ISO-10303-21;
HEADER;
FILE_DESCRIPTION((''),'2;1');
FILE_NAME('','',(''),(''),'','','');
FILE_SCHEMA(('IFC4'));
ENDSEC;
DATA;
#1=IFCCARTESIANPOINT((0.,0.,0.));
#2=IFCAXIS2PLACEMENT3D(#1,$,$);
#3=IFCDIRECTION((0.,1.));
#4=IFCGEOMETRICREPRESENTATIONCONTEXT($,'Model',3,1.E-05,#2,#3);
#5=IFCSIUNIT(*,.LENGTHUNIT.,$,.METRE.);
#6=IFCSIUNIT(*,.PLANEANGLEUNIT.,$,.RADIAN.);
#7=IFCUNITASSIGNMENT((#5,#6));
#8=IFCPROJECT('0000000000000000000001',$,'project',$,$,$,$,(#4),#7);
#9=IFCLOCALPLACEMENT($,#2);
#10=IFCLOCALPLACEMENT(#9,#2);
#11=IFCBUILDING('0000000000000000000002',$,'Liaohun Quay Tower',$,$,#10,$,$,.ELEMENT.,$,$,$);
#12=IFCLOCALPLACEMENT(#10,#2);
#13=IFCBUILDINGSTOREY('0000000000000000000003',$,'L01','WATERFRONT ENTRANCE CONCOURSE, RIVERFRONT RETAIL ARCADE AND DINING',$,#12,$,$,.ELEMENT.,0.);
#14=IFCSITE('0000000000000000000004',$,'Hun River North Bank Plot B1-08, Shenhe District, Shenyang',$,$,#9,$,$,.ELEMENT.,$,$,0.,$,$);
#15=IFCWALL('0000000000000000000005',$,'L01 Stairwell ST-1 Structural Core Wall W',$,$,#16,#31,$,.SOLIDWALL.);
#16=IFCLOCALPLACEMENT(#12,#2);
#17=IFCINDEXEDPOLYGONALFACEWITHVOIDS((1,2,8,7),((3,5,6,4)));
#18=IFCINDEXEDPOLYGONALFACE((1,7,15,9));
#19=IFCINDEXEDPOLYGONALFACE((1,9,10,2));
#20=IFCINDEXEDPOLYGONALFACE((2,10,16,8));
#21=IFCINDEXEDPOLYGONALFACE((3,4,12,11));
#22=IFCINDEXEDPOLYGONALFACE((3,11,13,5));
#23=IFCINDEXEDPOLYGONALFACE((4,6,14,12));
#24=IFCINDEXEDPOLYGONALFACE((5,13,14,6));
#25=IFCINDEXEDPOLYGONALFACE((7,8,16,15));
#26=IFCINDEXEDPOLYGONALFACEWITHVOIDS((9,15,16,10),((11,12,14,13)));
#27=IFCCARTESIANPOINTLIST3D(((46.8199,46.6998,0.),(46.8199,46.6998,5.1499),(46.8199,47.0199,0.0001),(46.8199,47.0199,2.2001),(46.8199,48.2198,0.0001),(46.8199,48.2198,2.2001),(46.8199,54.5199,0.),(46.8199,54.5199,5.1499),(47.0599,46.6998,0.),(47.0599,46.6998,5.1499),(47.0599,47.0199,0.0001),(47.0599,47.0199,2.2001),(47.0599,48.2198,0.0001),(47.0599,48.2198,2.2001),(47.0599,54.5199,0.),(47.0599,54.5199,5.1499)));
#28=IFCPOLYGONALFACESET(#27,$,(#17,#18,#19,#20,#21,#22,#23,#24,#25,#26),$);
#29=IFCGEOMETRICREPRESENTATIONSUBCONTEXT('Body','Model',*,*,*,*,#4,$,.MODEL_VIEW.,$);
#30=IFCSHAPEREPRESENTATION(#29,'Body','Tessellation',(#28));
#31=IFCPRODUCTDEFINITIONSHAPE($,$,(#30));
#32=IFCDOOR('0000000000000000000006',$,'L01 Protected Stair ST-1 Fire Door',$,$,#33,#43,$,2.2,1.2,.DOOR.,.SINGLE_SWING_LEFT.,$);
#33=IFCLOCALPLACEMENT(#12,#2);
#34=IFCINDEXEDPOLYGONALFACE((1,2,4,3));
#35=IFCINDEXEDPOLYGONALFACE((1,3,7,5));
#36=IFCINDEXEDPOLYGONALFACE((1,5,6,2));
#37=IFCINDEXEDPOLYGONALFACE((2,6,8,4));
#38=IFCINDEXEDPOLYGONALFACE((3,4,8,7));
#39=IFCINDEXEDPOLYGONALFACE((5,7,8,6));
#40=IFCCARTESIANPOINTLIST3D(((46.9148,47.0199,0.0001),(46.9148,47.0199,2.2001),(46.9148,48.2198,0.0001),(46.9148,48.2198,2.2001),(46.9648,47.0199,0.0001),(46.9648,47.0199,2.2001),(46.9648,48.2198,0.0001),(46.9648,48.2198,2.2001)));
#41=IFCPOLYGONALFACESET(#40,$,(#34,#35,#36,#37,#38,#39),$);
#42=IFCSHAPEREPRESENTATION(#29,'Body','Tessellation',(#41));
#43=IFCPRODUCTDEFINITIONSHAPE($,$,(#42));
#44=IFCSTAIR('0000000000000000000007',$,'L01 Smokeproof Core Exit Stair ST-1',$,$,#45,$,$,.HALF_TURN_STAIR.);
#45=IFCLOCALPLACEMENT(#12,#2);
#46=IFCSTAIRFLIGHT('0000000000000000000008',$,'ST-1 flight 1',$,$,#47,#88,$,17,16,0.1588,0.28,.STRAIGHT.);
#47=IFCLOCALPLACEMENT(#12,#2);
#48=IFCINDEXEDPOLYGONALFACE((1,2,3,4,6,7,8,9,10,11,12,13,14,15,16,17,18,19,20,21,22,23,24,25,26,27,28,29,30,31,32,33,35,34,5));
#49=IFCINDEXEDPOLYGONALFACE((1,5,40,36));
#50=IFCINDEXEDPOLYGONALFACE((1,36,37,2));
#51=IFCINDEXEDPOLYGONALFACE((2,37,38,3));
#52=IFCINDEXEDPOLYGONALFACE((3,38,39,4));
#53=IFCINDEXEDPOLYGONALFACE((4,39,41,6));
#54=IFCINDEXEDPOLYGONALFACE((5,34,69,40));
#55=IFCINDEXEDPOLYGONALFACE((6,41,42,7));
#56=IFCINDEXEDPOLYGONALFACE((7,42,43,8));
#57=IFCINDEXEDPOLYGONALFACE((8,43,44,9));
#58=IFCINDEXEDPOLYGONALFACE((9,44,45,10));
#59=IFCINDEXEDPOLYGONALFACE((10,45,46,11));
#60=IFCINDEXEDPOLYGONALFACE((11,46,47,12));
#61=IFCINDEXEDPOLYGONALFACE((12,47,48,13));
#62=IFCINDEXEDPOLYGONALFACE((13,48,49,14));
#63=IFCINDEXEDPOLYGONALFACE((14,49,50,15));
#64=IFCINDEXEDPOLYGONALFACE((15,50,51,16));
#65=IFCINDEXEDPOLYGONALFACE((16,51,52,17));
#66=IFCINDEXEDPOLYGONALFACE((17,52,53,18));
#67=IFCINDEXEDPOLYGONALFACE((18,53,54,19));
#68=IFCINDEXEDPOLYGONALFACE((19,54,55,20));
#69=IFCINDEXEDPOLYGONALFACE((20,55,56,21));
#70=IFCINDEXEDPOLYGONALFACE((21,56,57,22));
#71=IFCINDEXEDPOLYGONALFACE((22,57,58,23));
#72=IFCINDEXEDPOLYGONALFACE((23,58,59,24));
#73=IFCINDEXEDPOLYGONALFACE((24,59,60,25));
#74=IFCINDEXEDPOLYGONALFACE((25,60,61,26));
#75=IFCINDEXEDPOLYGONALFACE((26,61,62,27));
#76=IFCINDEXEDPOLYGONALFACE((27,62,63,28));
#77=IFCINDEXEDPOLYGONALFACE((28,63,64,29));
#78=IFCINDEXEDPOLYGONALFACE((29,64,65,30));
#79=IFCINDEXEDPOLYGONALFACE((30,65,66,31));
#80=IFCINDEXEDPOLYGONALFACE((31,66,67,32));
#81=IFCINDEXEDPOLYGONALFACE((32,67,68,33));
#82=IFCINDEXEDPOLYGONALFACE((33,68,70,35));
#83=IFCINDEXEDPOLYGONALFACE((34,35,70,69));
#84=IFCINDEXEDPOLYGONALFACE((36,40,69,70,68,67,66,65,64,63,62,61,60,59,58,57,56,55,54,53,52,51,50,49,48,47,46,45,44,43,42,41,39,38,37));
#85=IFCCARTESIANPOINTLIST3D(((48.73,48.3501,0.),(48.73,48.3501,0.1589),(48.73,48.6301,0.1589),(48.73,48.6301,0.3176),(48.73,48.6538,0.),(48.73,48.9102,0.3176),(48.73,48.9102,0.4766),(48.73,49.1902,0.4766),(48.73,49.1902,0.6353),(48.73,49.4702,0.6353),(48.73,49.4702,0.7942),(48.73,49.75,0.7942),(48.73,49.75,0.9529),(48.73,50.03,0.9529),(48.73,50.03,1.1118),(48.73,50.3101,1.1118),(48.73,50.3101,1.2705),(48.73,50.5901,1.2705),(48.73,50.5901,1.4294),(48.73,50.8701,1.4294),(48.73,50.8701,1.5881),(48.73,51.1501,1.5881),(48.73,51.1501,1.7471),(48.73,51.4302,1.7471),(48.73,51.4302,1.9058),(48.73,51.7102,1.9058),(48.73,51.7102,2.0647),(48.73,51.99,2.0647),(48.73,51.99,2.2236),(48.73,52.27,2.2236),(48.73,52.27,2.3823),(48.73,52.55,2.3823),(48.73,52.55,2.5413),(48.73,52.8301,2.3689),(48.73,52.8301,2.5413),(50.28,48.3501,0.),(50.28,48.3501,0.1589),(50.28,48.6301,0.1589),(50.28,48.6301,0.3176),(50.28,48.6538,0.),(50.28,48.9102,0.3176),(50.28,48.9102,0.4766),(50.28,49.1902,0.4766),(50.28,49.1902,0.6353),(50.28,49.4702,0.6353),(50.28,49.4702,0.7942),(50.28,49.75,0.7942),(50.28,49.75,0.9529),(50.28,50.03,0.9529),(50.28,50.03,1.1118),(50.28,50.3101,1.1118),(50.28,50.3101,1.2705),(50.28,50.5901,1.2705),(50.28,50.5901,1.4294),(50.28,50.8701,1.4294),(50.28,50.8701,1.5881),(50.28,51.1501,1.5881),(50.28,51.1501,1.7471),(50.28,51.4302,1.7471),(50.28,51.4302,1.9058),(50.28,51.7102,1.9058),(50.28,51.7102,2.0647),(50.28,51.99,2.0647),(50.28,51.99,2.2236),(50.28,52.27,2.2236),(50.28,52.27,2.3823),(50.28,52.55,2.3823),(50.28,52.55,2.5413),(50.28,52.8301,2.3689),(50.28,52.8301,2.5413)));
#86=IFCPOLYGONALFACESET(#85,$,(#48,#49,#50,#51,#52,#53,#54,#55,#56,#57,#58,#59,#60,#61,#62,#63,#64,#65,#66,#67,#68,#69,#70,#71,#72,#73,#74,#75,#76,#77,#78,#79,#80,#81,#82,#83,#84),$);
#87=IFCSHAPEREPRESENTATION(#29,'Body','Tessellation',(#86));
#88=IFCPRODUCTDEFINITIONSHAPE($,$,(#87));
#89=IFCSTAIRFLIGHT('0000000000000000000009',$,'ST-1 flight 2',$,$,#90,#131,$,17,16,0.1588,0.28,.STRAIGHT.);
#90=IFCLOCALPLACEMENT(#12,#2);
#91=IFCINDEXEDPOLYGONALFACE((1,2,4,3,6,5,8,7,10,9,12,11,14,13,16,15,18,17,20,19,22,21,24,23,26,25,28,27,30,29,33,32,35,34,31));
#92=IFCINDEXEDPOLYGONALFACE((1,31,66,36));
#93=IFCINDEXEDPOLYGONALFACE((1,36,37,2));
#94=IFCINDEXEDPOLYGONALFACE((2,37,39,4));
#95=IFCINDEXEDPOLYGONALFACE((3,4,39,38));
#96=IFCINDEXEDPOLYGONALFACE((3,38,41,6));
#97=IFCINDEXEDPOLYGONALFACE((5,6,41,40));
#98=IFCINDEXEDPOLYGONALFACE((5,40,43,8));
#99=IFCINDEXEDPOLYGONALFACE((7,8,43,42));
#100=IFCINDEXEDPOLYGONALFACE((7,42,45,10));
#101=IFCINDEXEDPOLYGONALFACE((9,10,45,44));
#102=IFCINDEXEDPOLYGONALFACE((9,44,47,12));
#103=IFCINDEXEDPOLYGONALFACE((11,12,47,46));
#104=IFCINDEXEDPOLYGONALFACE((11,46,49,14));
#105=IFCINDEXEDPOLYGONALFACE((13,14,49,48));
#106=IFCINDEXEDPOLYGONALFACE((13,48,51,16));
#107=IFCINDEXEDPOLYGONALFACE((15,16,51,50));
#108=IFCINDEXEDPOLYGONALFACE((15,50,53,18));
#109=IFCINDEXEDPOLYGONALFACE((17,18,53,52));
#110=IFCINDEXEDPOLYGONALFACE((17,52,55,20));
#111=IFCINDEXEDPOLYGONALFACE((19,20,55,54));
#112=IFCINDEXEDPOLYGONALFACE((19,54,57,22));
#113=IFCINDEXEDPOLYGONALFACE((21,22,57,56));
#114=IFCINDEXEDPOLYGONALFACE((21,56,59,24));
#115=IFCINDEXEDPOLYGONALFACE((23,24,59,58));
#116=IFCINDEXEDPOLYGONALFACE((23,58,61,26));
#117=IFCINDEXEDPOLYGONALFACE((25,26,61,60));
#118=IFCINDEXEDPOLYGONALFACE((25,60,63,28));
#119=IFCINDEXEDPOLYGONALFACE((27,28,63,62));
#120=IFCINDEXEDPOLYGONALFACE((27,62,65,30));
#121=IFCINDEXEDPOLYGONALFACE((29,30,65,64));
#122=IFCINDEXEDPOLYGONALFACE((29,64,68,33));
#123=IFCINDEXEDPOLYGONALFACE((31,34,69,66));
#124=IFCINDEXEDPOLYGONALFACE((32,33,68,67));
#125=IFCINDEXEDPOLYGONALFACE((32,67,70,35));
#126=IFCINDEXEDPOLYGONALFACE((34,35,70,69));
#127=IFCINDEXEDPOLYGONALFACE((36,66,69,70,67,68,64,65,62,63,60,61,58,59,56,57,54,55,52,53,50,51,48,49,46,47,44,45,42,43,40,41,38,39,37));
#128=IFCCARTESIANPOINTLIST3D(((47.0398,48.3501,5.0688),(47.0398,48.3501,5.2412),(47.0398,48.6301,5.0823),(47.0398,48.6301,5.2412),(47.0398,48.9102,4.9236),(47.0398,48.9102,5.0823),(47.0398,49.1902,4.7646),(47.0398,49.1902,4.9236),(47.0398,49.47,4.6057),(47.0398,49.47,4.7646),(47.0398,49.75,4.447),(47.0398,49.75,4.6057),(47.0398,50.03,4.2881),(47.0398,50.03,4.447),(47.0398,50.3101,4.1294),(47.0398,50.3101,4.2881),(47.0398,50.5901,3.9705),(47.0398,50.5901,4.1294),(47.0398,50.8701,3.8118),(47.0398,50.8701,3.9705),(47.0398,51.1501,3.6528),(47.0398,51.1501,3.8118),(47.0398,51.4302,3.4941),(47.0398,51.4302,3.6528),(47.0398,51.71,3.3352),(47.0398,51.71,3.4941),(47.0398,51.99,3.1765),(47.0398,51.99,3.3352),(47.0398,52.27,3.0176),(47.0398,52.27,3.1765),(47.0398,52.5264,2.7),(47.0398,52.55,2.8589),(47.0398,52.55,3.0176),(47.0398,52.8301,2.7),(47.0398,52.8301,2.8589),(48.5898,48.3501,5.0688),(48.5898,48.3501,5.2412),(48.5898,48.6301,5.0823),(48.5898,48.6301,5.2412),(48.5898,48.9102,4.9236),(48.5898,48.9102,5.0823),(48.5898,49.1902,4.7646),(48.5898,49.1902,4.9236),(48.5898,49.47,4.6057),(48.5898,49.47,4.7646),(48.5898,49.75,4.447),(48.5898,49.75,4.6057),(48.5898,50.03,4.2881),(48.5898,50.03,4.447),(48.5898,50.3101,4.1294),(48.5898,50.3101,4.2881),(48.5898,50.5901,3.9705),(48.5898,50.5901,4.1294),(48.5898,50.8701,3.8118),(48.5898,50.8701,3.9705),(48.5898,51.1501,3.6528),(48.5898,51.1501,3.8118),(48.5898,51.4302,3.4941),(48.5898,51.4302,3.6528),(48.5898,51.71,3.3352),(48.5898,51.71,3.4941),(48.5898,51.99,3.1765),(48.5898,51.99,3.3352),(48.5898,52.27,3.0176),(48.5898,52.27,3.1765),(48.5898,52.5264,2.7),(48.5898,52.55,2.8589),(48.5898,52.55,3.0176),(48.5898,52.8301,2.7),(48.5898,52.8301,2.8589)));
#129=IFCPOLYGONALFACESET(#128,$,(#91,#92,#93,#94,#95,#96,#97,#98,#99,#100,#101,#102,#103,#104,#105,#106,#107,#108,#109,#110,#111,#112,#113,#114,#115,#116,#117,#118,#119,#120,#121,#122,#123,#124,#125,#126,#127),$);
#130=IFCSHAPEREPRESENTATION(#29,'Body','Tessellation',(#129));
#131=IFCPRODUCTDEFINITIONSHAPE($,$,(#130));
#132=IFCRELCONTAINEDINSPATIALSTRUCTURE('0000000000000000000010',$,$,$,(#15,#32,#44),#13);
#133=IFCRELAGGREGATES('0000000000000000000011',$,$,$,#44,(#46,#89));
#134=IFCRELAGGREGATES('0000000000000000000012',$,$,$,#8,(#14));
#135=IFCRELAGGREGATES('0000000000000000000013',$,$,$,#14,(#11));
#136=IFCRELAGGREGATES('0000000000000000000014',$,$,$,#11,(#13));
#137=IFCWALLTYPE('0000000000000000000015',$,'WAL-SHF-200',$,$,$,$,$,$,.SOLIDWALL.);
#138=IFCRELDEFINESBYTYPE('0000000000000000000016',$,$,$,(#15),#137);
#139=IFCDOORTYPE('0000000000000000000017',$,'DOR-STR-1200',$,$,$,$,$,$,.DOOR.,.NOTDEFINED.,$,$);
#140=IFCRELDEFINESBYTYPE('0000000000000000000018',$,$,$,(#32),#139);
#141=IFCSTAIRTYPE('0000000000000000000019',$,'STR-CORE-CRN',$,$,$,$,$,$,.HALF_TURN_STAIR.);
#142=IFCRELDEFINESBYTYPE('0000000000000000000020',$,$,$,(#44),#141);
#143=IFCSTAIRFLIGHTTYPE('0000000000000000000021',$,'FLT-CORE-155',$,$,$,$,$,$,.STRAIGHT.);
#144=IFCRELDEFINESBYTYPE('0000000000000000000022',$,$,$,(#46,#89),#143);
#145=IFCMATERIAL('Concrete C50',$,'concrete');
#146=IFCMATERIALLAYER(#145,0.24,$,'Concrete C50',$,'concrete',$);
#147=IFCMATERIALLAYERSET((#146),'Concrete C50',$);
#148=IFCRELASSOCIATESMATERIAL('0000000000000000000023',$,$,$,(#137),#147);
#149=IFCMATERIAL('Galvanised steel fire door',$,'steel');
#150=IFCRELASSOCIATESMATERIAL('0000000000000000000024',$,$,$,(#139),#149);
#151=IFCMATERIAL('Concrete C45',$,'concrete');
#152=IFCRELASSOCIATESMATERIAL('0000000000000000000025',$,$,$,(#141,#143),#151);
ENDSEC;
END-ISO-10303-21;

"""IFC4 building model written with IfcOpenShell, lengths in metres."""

from ifc_helpers import new_model, si_unit, direction, frame, frame_2d, origin, place, context, subcontext, project, spatial, polyline, rectangle, outline, extrude, source, transform, mapped, material, layer, layer_set, type_object, element, fill, aggregate, save


model = new_model("IFC4")

# Units and contexts
model_context = context("Model", 3, precision=1e-05, world=origin(), true_north=direction((0.0, 1.0)))
body_context = subcontext(model_context, "Body", "Model", "MODEL_VIEW")
ifc_project = project(units=[si_unit("LENGTHUNIT", "METRE"), si_unit("PLANEANGLEUNIT", "RADIAN")], contexts=[model_context])

# Site, building, storey
site_placement = place(None, origin())
site = spatial("IfcSite", under=ifc_project, at=site_placement, Name="Hun River North Bank Plot B1-08, Shenhe District, Shenyang", CompositionType="ELEMENT", RefElevation=0.0)
building_placement = place(site_placement, origin())
building = spatial("IfcBuilding", under=site, at=building_placement, Name="Liaohun Quay Tower", CompositionType="ELEMENT")
storey_placement = place(building_placement, origin())
storey = spatial("IfcBuildingStorey", under=building, at=storey_placement, Name="L01", Description="WATERFRONT ENTRANCE CONCOURSE, RIVERFRONT RETAIL ARCADE AND DINING", CompositionType="ELEMENT", Elevation=0.0)

# Shared definitions
ifc_material_1 = material(Name="Concrete C50", Category="concrete")
ifc_layer_1 = layer(ifc_material_1, 0.24, Name="Concrete C50", Category="concrete")
ifc_layer_set_1 = layer_set([ifc_layer_1], Name="Concrete C50")
wall_type_1 = type_object("IfcWallType", Name="WAL-SHF-200", PredefinedType="SOLIDWALL", material=ifc_layer_set_1)

# Wall, opening, door
wall_1_placement = place(storey_placement, frame((46.9399, 54.52, 0.0), z_axis=(0.0, 0.0, 1.0), x_axis=(0.0, -1.0, 0.0)))
wall_1 = element("IfcWall", 1, at=wall_1_placement, inside=storey, type_object=wall_type_1, Name="L01 Stairwell ST-1 Structural Core Wall W", PredefinedType="SOLIDWALL", context=body_context, shape_type="SweptSolid", body=[
    extrude(rectangle(XDim=7.8201, YDim=0.24, at=frame_2d((3.9102, 0.0))), origin(), (0.0, 0.0, 1.0), 5.1499),
])
shared_shape_1 = source(origin(), body_context, "Body", "SweptSolid", [
    extrude(rectangle(XDim=1.2, YDim=2.2, at=frame_2d((0.6001, 1.1001))), frame((0.0, 0.1299, 0.0), z_axis=(0.0, -1.0, 0.0), x_axis=(1.0, 0.0, 0.0)), (0.0, 0.0, 1.0), 0.26),
])
opening_1_placement = place(wall_1_placement, frame((6.3, 0.0, 0.0)))
opening_1 = element("IfcOpeningElement", 2, at=opening_1_placement, cuts=wall_1, PredefinedType="OPENING", context=body_context, shape_type="MappedRepresentation", body=[
    mapped(shared_shape_1, transform((0.0, 0.0, 0.0), x_axis=(1.0, 0.0, 0.0), y_axis=(0.0, 1.0, 0.0), z_axis=(0.0, 0.0, 1.0), scale=1.0)),
])
ifc_material_2 = material(Name="Galvanised steel fire door", Category="steel")
door_type_1 = type_object("IfcDoorType", Name="DOR-STR-1200", OperationType="NOTDEFINED", PredefinedType="DOOR", material=ifc_material_2)
shared_shape_2 = source(origin(), body_context, "Body", "SweptSolid", [
    extrude(rectangle(XDim=1.2, YDim=2.2, at=frame_2d((0.6001, 1.1001))), frame((0.0, 0.0249, 0.0), z_axis=(0.0, -1.0, 0.0), x_axis=(1.0, 0.0, 0.0)), (0.0, 0.0, 1.0), 0.05),
])
door_1_placement = place(opening_1_placement, origin())
door_1 = element("IfcDoor", 3, at=door_1_placement, inside=storey, type_object=door_type_1, Name="L01 Protected Stair ST-1 Fire Door", OperationType="SINGLE_SWING_LEFT", OverallHeight=2.2, OverallWidth=1.2, PredefinedType="DOOR", context=body_context, shape_type="MappedRepresentation", body=[
    mapped(shared_shape_2, transform((0.0, 0.0, 0.0), x_axis=(1.0, 0.0, 0.0), y_axis=(0.0, 1.0, 0.0), z_axis=(0.0, 0.0, 1.0), scale=1.0)),
])
fill(opening_1, door_1)

# Stair, stair flights
ifc_material_3 = material(Name="Concrete C45", Category="concrete")
stair_type = type_object("IfcStairType", Name="STR-CORE-CRN", PredefinedType="HALF_TURN_STAIR", material=ifc_material_3)
stair_placement = place(storey_placement, origin())
stair = element("IfcStair", 4, at=stair_placement, inside=storey, type_object=stair_type, Name="L01 Smokeproof Core Exit Stair ST-1", PredefinedType="HALF_TURN_STAIR")
stair_flight_type = type_object("IfcStairFlightType", Name="FLT-CORE-155", PredefinedType="STRAIGHT", material=ifc_material_3)
stair_flight_1_placement = place(storey_placement, frame((49.5049, 48.3501, 0.0), z_axis=(0.0, 0.0, 1.0), x_axis=(0.0, 1.0, 0.0)))
stair_flight_1 = element("IfcStairFlight", 5, at=stair_flight_1_placement, type_object=stair_flight_type, Name="ST-1 flight 1", NumberOfRisers=17, NumberOfTreads=16, PredefinedType="STRAIGHT", RiserHeight=0.1588, TreadLength=0.28, context=body_context, shape_type="SweptSolid", body=[
    extrude(outline(polyline([(0.0, 0.0), (0.0, 0.1589), (0.28, 0.1589), (0.28, 0.3176), (0.5601, 0.3176), (0.5601, 0.4766), (0.8401, 0.4766), (0.8401, 0.6353), (1.1201, 0.6353), (1.1201, 0.7942), (1.3999, 0.7942), (1.3999, 0.9529), (1.6799, 0.9529), (1.6799, 1.1118), (1.96, 1.1118), (1.96, 1.2705), (2.24, 1.2705), (2.24, 1.4294), (2.52, 1.4294), (2.52, 1.5881), (2.8, 1.5881), (2.8, 1.7471), (3.0801, 1.7471), (3.0801, 1.9058), (3.3601, 1.9058), (3.3601, 2.0647), (3.6399, 2.0647), (3.6399, 2.2236), (3.9199, 2.2236), (3.9199, 2.3823), (4.2, 2.3823), (4.2, 2.5413), (4.48, 2.5413), (4.48, 2.7), (4.48, 2.3689), (0.3037, 0.0), (0.0, 0.0)])), frame((0.0, 0.7749, 0.0), z_axis=(0.0, -1.0, 0.0), x_axis=(1.0, 0.0, 0.0)), (0.0, 0.0, 1.0), 1.55),
])
stair_flight_2_placement = place(storey_placement, frame((47.8149, 52.8301, 2.7), z_axis=(0.0, 0.0, 1.0), x_axis=(0.0, -1.0, 0.0)))
stair_flight_2 = element("IfcStairFlight", 6, at=stair_flight_2_placement, type_object=stair_flight_type, Name="ST-1 flight 2", NumberOfRisers=17, NumberOfTreads=16, PredefinedType="STRAIGHT", RiserHeight=0.1588, TreadLength=0.28, context=body_context, shape_type="SweptSolid", body=[
    extrude(outline(polyline([(0.0, 0.0), (0.0, 0.1589), (0.28, 0.1589), (0.28, 0.3176), (0.5601, 0.3176), (0.5601, 0.4766), (0.8401, 0.4766), (0.8401, 0.6353), (1.1201, 0.6353), (1.1201, 0.7942), (1.3999, 0.7942), (1.3999, 0.9529), (1.6799, 0.9529), (1.6799, 1.1118), (1.96, 1.1118), (1.96, 1.2705), (2.24, 1.2705), (2.24, 1.4294), (2.52, 1.4294), (2.52, 1.5881), (2.8, 1.5881), (2.8, 1.7471), (3.0801, 1.7471), (3.0801, 1.9058), (3.3601, 1.9058), (3.3601, 2.0647), (3.6399, 2.0647), (3.6399, 2.2236), (3.9199, 2.2236), (3.9199, 2.3823), (4.2, 2.3823), (4.2, 2.5413), (4.48, 2.5413), (4.48, 2.7), (4.48, 2.3689), (0.3037, 0.0), (0.0, 0.0)])), frame((0.0, 0.7749, 0.0), z_axis=(0.0, -1.0, 0.0), x_axis=(1.0, 0.0, 0.0)), (0.0, 0.0, 1.0), 1.55),
])
aggregate(stair, [stair_flight_1, stair_flight_2])

save(model, "model.ifc")
